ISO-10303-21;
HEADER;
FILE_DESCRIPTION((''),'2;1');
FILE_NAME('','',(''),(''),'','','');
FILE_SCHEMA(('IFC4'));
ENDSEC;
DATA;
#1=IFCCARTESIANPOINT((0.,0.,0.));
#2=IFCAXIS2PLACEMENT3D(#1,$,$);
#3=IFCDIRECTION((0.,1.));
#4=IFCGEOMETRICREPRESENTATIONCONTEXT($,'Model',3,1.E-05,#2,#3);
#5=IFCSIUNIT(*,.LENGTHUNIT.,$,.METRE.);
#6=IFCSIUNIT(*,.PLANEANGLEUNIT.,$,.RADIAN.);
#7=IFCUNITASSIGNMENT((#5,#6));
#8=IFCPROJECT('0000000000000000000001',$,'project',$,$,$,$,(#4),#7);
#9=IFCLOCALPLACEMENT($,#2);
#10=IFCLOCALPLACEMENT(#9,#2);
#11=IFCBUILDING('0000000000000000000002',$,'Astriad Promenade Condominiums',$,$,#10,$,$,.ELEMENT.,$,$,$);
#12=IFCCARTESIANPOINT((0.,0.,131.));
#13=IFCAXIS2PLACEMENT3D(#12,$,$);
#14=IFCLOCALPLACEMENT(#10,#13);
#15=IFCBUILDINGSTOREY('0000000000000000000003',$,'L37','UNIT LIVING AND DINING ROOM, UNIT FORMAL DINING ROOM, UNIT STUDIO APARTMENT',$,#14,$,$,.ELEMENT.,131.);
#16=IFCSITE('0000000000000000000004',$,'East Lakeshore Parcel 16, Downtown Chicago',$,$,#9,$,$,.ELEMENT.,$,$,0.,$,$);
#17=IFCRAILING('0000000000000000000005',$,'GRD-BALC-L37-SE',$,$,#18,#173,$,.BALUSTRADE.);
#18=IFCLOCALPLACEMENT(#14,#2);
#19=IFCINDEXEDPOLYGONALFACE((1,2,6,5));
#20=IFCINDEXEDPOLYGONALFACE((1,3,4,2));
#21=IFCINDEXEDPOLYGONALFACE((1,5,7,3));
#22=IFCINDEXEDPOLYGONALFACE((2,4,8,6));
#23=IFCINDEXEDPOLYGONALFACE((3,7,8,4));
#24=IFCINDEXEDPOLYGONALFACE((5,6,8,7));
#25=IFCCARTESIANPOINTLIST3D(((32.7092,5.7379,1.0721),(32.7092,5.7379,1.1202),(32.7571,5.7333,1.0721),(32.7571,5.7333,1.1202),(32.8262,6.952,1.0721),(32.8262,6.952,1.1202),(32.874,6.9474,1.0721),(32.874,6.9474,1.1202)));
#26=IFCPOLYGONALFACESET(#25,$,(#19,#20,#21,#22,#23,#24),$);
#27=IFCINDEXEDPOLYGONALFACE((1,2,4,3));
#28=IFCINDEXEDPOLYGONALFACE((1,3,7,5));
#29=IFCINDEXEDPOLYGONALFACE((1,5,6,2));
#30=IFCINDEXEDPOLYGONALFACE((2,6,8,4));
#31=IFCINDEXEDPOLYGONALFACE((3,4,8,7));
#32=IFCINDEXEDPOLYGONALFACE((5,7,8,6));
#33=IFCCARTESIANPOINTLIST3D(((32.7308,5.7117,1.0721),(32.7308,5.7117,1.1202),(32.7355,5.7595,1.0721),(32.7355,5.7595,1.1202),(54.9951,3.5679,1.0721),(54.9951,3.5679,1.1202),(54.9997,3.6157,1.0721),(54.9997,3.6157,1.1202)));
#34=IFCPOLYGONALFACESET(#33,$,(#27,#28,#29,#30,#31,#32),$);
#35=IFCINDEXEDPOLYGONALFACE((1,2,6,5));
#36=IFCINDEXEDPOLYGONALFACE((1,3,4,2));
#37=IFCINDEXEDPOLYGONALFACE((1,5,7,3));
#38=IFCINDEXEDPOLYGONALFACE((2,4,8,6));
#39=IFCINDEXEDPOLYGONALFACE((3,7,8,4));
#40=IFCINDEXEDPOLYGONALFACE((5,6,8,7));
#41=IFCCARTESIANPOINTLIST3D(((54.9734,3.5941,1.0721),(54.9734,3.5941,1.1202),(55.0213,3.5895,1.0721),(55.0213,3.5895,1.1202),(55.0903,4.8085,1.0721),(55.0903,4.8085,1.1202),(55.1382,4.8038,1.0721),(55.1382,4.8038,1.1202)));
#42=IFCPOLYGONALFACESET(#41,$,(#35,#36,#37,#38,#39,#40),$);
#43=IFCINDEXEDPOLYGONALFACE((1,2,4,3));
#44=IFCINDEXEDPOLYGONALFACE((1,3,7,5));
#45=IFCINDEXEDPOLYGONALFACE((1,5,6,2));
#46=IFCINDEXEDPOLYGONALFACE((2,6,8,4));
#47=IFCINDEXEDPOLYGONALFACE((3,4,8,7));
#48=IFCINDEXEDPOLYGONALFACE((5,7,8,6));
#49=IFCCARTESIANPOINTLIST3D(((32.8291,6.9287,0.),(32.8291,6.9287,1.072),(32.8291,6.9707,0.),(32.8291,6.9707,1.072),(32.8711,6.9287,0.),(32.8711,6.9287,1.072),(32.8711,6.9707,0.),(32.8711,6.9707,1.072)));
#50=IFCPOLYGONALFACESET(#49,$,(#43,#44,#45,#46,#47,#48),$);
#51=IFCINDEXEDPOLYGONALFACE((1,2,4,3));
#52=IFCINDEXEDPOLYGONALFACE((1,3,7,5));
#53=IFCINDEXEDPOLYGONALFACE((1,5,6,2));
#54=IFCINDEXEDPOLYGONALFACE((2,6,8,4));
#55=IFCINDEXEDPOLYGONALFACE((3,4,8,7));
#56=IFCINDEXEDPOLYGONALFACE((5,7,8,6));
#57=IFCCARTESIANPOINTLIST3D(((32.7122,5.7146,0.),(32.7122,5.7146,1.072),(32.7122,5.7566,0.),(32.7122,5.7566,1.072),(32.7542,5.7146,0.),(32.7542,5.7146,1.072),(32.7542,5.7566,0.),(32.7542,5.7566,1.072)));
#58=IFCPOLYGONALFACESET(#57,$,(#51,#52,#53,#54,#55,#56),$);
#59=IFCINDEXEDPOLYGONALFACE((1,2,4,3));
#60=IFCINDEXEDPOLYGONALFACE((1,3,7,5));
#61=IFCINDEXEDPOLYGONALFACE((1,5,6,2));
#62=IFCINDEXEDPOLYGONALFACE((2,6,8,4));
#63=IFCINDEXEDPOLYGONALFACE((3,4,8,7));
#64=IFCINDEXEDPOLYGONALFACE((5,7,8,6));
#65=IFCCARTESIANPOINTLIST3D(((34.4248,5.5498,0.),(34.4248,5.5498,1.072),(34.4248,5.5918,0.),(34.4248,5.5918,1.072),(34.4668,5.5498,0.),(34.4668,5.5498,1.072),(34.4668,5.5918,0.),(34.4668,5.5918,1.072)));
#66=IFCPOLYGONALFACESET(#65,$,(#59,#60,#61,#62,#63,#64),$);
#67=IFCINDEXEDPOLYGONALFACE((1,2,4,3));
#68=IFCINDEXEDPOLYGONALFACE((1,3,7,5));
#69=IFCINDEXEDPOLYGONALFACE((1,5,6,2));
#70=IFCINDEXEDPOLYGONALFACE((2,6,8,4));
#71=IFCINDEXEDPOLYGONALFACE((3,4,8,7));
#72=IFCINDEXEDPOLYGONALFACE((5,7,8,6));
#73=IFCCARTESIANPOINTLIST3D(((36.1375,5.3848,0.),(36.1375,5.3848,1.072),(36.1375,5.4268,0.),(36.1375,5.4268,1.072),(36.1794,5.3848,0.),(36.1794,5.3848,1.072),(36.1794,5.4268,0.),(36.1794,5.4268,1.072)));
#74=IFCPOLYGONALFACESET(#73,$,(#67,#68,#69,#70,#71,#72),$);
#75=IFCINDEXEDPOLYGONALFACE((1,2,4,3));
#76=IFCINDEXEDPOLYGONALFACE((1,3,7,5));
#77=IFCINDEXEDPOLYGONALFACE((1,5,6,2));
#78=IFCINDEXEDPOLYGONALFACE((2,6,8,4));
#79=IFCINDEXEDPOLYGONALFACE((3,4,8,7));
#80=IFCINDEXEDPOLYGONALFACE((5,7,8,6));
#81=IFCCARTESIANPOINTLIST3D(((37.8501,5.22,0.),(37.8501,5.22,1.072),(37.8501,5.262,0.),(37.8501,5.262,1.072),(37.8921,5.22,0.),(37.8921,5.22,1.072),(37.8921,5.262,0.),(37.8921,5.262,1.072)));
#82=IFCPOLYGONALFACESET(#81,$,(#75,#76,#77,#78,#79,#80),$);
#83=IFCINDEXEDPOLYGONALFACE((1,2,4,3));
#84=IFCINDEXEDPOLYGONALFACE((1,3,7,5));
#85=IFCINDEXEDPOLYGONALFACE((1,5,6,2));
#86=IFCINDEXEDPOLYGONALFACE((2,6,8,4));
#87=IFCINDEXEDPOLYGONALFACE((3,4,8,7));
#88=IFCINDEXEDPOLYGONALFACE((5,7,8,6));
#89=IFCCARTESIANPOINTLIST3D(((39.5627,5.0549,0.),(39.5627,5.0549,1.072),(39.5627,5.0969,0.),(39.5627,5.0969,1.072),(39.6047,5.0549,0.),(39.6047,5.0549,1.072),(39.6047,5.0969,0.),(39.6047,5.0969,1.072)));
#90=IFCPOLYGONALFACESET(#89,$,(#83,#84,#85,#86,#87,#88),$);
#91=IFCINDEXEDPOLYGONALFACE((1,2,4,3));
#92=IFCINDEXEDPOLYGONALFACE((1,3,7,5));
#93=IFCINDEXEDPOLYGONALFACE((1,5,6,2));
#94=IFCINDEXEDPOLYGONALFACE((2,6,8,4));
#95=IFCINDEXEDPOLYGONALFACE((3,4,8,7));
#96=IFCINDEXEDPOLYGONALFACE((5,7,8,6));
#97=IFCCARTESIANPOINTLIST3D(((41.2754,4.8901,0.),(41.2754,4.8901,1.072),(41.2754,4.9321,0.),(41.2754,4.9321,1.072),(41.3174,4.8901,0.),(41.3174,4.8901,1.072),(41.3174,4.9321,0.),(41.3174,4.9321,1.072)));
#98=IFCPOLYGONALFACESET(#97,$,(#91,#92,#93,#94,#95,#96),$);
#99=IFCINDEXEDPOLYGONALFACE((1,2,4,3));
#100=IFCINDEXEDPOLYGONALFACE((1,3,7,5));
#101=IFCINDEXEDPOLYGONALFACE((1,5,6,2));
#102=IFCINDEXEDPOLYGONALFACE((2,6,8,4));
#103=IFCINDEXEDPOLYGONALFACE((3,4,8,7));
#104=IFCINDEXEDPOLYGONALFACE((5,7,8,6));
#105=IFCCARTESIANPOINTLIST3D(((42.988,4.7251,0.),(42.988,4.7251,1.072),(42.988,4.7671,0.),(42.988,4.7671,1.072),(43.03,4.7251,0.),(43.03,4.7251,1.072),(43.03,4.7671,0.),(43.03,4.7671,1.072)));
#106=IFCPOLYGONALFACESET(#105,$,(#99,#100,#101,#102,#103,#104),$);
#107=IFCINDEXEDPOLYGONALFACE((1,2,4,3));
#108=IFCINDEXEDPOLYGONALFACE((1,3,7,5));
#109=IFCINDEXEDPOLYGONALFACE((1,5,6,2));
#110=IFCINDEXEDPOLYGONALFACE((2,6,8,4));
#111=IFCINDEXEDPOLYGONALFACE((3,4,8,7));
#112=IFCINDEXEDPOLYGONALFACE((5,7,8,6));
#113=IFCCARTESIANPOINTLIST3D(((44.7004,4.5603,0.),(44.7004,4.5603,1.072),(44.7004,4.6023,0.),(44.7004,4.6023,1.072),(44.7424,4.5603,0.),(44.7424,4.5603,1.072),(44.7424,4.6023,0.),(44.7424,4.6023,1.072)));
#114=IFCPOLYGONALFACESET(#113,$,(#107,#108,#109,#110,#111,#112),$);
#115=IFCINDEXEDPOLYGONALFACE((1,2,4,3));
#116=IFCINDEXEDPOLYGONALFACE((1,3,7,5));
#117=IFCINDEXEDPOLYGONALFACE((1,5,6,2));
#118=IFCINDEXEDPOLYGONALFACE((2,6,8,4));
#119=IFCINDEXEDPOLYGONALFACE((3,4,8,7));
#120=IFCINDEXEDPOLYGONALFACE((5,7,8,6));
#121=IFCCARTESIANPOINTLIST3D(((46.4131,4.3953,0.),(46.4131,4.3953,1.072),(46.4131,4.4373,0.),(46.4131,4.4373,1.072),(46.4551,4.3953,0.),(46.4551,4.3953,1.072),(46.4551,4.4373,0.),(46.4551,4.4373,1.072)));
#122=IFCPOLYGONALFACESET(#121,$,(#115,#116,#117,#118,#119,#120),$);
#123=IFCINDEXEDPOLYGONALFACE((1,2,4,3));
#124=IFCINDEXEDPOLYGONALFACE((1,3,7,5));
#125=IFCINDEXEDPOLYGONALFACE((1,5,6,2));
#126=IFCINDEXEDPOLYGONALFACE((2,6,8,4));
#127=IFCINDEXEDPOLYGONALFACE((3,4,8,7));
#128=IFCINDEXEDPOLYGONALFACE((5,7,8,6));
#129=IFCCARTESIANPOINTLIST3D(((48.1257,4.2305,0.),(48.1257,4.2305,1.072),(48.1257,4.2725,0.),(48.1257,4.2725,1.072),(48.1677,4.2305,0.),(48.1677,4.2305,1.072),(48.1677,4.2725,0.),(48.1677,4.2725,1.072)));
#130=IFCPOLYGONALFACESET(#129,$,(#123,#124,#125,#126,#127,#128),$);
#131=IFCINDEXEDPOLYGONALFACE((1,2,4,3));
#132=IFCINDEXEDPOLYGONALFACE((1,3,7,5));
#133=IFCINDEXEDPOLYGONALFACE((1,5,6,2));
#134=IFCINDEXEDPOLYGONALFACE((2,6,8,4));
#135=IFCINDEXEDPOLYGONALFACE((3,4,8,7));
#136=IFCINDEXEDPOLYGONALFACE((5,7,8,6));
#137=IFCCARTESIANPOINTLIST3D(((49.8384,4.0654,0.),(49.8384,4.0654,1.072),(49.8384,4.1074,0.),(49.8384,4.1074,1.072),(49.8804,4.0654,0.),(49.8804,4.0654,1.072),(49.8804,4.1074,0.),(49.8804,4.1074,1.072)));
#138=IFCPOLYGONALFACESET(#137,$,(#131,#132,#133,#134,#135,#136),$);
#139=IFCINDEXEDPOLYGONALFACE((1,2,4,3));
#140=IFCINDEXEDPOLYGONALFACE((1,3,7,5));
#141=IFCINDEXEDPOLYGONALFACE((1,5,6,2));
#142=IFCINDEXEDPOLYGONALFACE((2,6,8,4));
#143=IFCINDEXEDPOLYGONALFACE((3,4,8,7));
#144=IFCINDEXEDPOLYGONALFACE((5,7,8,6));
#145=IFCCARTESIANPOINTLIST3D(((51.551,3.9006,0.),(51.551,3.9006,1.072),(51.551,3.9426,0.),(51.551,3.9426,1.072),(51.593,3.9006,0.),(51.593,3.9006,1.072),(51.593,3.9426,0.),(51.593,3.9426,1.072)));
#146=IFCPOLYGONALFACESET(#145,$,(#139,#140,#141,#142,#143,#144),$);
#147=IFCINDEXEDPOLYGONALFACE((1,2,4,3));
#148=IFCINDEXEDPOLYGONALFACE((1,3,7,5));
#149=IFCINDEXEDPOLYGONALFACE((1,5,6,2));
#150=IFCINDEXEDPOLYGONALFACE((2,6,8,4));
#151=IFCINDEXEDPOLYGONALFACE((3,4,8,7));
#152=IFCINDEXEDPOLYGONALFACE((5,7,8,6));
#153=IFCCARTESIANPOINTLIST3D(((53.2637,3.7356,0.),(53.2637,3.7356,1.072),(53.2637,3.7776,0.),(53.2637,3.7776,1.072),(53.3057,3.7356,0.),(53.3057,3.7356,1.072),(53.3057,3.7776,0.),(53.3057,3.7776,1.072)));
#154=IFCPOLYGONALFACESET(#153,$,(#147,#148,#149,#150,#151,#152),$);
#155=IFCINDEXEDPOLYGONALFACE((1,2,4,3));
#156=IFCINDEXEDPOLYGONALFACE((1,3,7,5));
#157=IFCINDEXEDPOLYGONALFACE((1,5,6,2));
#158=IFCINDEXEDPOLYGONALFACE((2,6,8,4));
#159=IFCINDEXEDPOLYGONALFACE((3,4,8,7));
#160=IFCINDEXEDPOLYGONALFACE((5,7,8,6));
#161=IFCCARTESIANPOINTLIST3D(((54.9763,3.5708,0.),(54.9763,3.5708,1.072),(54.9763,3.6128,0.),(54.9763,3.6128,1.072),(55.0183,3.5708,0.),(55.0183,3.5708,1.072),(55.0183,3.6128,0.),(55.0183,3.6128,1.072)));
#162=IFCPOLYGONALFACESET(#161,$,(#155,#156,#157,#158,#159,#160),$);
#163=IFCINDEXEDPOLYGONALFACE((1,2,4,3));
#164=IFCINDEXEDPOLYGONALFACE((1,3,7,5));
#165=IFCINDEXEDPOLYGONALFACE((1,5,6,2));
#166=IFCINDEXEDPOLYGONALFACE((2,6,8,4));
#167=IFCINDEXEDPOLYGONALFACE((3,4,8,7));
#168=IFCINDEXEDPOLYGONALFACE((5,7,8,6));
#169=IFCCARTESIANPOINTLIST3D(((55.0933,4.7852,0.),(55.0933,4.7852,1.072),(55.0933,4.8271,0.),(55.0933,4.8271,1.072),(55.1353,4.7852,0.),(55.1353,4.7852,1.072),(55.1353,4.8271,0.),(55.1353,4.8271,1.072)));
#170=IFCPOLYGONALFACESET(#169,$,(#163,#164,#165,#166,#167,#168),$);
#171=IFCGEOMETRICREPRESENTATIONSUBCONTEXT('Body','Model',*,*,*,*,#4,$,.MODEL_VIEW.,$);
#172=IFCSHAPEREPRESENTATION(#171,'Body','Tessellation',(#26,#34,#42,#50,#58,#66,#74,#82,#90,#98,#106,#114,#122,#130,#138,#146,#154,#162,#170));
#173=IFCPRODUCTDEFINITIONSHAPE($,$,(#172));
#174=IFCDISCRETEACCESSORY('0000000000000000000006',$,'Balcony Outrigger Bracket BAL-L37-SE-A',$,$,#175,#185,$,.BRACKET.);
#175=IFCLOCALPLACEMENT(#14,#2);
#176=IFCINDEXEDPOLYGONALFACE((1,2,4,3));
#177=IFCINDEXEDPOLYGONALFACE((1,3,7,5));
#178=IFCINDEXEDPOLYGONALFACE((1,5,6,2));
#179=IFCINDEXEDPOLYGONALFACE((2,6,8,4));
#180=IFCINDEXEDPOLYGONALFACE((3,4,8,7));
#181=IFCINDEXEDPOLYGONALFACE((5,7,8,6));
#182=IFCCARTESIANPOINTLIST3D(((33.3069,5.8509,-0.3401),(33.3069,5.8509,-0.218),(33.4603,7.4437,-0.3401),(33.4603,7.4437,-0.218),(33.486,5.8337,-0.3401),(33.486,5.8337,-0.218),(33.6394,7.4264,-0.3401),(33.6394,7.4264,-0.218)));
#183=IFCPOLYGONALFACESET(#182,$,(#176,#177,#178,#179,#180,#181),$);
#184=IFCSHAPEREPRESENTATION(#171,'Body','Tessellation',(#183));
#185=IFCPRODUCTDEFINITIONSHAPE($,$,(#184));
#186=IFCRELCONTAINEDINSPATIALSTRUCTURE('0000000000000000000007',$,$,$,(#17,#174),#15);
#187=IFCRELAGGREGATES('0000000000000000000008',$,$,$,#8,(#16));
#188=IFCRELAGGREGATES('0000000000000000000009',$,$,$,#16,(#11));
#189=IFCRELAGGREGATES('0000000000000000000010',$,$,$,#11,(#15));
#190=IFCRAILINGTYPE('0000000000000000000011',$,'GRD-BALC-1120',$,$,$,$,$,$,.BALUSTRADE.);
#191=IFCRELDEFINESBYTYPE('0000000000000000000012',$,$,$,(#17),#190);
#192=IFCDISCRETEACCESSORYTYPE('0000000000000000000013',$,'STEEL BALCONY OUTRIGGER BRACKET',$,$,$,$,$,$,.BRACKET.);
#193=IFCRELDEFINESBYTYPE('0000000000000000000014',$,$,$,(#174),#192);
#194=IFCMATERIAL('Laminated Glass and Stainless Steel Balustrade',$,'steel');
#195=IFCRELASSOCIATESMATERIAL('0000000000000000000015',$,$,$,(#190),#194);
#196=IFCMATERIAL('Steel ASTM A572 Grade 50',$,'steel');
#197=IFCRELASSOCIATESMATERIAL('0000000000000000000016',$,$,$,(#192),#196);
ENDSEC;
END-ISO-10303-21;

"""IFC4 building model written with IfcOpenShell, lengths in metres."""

from ifc_helpers import new_model, si_unit, direction, frame, origin, origin_2d, place, context, subcontext, project, spatial, rectangle, extrude, source, transform, mapped, material, type_object, type_shapes, element, save


model = new_model("IFC4")

# Units and contexts
model_context = context("Model", 3, precision=1e-05, world=origin(), true_north=direction((0.0, 1.0)))
body_context = subcontext(model_context, "Body", "Model", "MODEL_VIEW")
ifc_project = project(units=[si_unit("LENGTHUNIT", "METRE"), si_unit("PLANEANGLEUNIT", "RADIAN")], contexts=[model_context])

# Site, building, storey
site_placement = place(None, origin())
site = spatial("IfcSite", under=ifc_project, at=site_placement, Name="East Lakeshore Parcel 16, Downtown Chicago", CompositionType="ELEMENT", RefElevation=0.0)
building_placement = place(site_placement, origin())
building = spatial("IfcBuilding", under=site, at=building_placement, Name="Astriad Promenade Condominiums", CompositionType="ELEMENT")
storey_placement = place(building_placement, frame((0.0, 0.0, 131.0)))
storey = spatial("IfcBuildingStorey", under=building, at=storey_placement, Name="L37", Description="UNIT LIVING AND DINING ROOM, UNIT FORMAL DINING ROOM, UNIT STUDIO APARTMENT", CompositionType="ELEMENT", Elevation=131.0)

# Railing
ifc_material_1 = material(Name="Laminated Glass and Stainless Steel Balustrade", Category="steel")
railing_type = type_object("IfcRailingType", Name="GRD-BALC-1120", PredefinedType="BALUSTRADE", material=ifc_material_1)
shared_shape_1 = source(origin(), body_context, "Body", "SweptSolid", [
    extrude(rectangle(XDim=0.0481, YDim=0.0481, at=origin_2d()), frame((0.0, 0.0, 1.0962), z_axis=(-0.095876, -0.995393, 0.0), x_axis=(0.995393, -0.095876, 0.0)), (0.0, 0.0, 1.0), 1.2197),
    extrude(rectangle(XDim=0.0481, YDim=0.0481, at=origin_2d()), frame((-0.1169, -1.2141, 1.0962), z_axis=(0.995396, -0.095846, 0.0), x_axis=(0.095846, 0.995396, 0.0)), (0.0, 0.0, 1.0), 22.3672),
    extrude(rectangle(XDim=0.0481, YDim=0.0481, at=origin_2d()), frame((22.1472, -3.3579, 1.0962), z_axis=(0.095857, 0.995395, 0.0), x_axis=(-0.995395, 0.095857, 0.0)), (0.0, 0.0, 1.0), 1.22),
    extrude(rectangle(XDim=0.042, YDim=0.042, at=origin_2d()), origin(), (0.0, 0.0, 1.0), 1.072),
    extrude(rectangle(XDim=0.042, YDim=0.042, at=origin_2d()), frame((-0.1169, -1.2141, 0.0)), (0.0, 0.0, 1.0), 1.072),
    extrude(rectangle(XDim=0.042, YDim=0.042, at=origin_2d()), frame((1.5957, -1.3789, 0.0)), (0.0, 0.0, 1.0), 1.072),
    extrude(rectangle(XDim=0.042, YDim=0.042, at=origin_2d()), frame((3.3083, -1.5439, 0.0)), (0.0, 0.0, 1.0), 1.072),
    extrude(rectangle(XDim=0.042, YDim=0.042, at=origin_2d()), frame((5.021, -1.7087, 0.0)), (0.0, 0.0, 1.0), 1.072),
    extrude(rectangle(XDim=0.042, YDim=0.042, at=origin_2d()), frame((6.7336, -1.8738, 0.0)), (0.0, 0.0, 1.0), 1.072),
    extrude(rectangle(XDim=0.042, YDim=0.042, at=origin_2d()), frame((8.4463, -2.0386, 0.0)), (0.0, 0.0, 1.0), 1.072),
    extrude(rectangle(XDim=0.042, YDim=0.042, at=origin_2d()), frame((10.1589, -2.2036, 0.0)), (0.0, 0.0, 1.0), 1.072),
    extrude(rectangle(XDim=0.042, YDim=0.042, at=origin_2d()), frame((11.8713, -2.3684, 0.0)), (0.0, 0.0, 1.0), 1.072),
    extrude(rectangle(XDim=0.042, YDim=0.042, at=origin_2d()), frame((13.584, -2.5334, 0.0)), (0.0, 0.0, 1.0), 1.072),
    extrude(rectangle(XDim=0.042, YDim=0.042, at=origin_2d()), frame((15.2966, -2.6982, 0.0)), (0.0, 0.0, 1.0), 1.072),
    extrude(rectangle(XDim=0.042, YDim=0.042, at=origin_2d()), frame((17.0093, -2.8633, 0.0)), (0.0, 0.0, 1.0), 1.072),
    extrude(rectangle(XDim=0.042, YDim=0.042, at=origin_2d()), frame((18.7219, -3.0281, 0.0)), (0.0, 0.0, 1.0), 1.072),
    extrude(rectangle(XDim=0.042, YDim=0.042, at=origin_2d()), frame((20.4346, -3.1931, 0.0)), (0.0, 0.0, 1.0), 1.072),
    extrude(rectangle(XDim=0.042, YDim=0.042, at=origin_2d()), frame((22.1472, -3.3579, 0.0)), (0.0, 0.0, 1.0), 1.072),
    extrude(rectangle(XDim=0.042, YDim=0.042, at=origin_2d()), frame((22.2642, -2.1436, 0.0)), (0.0, 0.0, 1.0), 1.072),
])
type_shapes(railing_type, [shared_shape_1])
railing_placement = place(storey_placement, frame((32.8501, 6.9497, 0.0)))
element("IfcRailing", 1, at=railing_placement, inside=storey, type_object=railing_type, Name="GRD-BALC-L37-SE", PredefinedType="BALUSTRADE", context=body_context, shape_type="MappedRepresentation", body=[
    mapped(shared_shape_1, transform((0.0, 0.0, 0.0), scale=1.0)),
])

# Discrete accessory
ifc_material_2 = material(Name="Steel ASTM A572 Grade 50", Category="steel")
discrete_accessory_type = type_object("IfcDiscreteAccessoryType", Name="STEEL BALCONY OUTRIGGER BRACKET", PredefinedType="BRACKET", material=ifc_material_2)
shared_shape_2 = source(origin(), body_context, "Body", "SweptSolid", [
    extrude(rectangle(XDim=1.6001, YDim=0.1799, at=origin_2d()), origin(), (0.0, 0.0, 1.0), 0.1221),
])
type_shapes(discrete_accessory_type, [shared_shape_2])
discrete_accessory_placement = place(storey_placement, frame((33.4731, 6.6387, -0.3401), z_axis=(0.0, 0.0, 1.0), x_axis=(-0.095846, -0.995396, 0.0)))
element("IfcDiscreteAccessory", 2, at=discrete_accessory_placement, inside=storey, type_object=discrete_accessory_type, Name="Balcony Outrigger Bracket BAL-L37-SE-A", PredefinedType="BRACKET", context=body_context, shape_type="MappedRepresentation", body=[
    mapped(shared_shape_2, transform((0.0, 0.0, 0.0), scale=1.0)),
])

save(model, "model.ifc")
